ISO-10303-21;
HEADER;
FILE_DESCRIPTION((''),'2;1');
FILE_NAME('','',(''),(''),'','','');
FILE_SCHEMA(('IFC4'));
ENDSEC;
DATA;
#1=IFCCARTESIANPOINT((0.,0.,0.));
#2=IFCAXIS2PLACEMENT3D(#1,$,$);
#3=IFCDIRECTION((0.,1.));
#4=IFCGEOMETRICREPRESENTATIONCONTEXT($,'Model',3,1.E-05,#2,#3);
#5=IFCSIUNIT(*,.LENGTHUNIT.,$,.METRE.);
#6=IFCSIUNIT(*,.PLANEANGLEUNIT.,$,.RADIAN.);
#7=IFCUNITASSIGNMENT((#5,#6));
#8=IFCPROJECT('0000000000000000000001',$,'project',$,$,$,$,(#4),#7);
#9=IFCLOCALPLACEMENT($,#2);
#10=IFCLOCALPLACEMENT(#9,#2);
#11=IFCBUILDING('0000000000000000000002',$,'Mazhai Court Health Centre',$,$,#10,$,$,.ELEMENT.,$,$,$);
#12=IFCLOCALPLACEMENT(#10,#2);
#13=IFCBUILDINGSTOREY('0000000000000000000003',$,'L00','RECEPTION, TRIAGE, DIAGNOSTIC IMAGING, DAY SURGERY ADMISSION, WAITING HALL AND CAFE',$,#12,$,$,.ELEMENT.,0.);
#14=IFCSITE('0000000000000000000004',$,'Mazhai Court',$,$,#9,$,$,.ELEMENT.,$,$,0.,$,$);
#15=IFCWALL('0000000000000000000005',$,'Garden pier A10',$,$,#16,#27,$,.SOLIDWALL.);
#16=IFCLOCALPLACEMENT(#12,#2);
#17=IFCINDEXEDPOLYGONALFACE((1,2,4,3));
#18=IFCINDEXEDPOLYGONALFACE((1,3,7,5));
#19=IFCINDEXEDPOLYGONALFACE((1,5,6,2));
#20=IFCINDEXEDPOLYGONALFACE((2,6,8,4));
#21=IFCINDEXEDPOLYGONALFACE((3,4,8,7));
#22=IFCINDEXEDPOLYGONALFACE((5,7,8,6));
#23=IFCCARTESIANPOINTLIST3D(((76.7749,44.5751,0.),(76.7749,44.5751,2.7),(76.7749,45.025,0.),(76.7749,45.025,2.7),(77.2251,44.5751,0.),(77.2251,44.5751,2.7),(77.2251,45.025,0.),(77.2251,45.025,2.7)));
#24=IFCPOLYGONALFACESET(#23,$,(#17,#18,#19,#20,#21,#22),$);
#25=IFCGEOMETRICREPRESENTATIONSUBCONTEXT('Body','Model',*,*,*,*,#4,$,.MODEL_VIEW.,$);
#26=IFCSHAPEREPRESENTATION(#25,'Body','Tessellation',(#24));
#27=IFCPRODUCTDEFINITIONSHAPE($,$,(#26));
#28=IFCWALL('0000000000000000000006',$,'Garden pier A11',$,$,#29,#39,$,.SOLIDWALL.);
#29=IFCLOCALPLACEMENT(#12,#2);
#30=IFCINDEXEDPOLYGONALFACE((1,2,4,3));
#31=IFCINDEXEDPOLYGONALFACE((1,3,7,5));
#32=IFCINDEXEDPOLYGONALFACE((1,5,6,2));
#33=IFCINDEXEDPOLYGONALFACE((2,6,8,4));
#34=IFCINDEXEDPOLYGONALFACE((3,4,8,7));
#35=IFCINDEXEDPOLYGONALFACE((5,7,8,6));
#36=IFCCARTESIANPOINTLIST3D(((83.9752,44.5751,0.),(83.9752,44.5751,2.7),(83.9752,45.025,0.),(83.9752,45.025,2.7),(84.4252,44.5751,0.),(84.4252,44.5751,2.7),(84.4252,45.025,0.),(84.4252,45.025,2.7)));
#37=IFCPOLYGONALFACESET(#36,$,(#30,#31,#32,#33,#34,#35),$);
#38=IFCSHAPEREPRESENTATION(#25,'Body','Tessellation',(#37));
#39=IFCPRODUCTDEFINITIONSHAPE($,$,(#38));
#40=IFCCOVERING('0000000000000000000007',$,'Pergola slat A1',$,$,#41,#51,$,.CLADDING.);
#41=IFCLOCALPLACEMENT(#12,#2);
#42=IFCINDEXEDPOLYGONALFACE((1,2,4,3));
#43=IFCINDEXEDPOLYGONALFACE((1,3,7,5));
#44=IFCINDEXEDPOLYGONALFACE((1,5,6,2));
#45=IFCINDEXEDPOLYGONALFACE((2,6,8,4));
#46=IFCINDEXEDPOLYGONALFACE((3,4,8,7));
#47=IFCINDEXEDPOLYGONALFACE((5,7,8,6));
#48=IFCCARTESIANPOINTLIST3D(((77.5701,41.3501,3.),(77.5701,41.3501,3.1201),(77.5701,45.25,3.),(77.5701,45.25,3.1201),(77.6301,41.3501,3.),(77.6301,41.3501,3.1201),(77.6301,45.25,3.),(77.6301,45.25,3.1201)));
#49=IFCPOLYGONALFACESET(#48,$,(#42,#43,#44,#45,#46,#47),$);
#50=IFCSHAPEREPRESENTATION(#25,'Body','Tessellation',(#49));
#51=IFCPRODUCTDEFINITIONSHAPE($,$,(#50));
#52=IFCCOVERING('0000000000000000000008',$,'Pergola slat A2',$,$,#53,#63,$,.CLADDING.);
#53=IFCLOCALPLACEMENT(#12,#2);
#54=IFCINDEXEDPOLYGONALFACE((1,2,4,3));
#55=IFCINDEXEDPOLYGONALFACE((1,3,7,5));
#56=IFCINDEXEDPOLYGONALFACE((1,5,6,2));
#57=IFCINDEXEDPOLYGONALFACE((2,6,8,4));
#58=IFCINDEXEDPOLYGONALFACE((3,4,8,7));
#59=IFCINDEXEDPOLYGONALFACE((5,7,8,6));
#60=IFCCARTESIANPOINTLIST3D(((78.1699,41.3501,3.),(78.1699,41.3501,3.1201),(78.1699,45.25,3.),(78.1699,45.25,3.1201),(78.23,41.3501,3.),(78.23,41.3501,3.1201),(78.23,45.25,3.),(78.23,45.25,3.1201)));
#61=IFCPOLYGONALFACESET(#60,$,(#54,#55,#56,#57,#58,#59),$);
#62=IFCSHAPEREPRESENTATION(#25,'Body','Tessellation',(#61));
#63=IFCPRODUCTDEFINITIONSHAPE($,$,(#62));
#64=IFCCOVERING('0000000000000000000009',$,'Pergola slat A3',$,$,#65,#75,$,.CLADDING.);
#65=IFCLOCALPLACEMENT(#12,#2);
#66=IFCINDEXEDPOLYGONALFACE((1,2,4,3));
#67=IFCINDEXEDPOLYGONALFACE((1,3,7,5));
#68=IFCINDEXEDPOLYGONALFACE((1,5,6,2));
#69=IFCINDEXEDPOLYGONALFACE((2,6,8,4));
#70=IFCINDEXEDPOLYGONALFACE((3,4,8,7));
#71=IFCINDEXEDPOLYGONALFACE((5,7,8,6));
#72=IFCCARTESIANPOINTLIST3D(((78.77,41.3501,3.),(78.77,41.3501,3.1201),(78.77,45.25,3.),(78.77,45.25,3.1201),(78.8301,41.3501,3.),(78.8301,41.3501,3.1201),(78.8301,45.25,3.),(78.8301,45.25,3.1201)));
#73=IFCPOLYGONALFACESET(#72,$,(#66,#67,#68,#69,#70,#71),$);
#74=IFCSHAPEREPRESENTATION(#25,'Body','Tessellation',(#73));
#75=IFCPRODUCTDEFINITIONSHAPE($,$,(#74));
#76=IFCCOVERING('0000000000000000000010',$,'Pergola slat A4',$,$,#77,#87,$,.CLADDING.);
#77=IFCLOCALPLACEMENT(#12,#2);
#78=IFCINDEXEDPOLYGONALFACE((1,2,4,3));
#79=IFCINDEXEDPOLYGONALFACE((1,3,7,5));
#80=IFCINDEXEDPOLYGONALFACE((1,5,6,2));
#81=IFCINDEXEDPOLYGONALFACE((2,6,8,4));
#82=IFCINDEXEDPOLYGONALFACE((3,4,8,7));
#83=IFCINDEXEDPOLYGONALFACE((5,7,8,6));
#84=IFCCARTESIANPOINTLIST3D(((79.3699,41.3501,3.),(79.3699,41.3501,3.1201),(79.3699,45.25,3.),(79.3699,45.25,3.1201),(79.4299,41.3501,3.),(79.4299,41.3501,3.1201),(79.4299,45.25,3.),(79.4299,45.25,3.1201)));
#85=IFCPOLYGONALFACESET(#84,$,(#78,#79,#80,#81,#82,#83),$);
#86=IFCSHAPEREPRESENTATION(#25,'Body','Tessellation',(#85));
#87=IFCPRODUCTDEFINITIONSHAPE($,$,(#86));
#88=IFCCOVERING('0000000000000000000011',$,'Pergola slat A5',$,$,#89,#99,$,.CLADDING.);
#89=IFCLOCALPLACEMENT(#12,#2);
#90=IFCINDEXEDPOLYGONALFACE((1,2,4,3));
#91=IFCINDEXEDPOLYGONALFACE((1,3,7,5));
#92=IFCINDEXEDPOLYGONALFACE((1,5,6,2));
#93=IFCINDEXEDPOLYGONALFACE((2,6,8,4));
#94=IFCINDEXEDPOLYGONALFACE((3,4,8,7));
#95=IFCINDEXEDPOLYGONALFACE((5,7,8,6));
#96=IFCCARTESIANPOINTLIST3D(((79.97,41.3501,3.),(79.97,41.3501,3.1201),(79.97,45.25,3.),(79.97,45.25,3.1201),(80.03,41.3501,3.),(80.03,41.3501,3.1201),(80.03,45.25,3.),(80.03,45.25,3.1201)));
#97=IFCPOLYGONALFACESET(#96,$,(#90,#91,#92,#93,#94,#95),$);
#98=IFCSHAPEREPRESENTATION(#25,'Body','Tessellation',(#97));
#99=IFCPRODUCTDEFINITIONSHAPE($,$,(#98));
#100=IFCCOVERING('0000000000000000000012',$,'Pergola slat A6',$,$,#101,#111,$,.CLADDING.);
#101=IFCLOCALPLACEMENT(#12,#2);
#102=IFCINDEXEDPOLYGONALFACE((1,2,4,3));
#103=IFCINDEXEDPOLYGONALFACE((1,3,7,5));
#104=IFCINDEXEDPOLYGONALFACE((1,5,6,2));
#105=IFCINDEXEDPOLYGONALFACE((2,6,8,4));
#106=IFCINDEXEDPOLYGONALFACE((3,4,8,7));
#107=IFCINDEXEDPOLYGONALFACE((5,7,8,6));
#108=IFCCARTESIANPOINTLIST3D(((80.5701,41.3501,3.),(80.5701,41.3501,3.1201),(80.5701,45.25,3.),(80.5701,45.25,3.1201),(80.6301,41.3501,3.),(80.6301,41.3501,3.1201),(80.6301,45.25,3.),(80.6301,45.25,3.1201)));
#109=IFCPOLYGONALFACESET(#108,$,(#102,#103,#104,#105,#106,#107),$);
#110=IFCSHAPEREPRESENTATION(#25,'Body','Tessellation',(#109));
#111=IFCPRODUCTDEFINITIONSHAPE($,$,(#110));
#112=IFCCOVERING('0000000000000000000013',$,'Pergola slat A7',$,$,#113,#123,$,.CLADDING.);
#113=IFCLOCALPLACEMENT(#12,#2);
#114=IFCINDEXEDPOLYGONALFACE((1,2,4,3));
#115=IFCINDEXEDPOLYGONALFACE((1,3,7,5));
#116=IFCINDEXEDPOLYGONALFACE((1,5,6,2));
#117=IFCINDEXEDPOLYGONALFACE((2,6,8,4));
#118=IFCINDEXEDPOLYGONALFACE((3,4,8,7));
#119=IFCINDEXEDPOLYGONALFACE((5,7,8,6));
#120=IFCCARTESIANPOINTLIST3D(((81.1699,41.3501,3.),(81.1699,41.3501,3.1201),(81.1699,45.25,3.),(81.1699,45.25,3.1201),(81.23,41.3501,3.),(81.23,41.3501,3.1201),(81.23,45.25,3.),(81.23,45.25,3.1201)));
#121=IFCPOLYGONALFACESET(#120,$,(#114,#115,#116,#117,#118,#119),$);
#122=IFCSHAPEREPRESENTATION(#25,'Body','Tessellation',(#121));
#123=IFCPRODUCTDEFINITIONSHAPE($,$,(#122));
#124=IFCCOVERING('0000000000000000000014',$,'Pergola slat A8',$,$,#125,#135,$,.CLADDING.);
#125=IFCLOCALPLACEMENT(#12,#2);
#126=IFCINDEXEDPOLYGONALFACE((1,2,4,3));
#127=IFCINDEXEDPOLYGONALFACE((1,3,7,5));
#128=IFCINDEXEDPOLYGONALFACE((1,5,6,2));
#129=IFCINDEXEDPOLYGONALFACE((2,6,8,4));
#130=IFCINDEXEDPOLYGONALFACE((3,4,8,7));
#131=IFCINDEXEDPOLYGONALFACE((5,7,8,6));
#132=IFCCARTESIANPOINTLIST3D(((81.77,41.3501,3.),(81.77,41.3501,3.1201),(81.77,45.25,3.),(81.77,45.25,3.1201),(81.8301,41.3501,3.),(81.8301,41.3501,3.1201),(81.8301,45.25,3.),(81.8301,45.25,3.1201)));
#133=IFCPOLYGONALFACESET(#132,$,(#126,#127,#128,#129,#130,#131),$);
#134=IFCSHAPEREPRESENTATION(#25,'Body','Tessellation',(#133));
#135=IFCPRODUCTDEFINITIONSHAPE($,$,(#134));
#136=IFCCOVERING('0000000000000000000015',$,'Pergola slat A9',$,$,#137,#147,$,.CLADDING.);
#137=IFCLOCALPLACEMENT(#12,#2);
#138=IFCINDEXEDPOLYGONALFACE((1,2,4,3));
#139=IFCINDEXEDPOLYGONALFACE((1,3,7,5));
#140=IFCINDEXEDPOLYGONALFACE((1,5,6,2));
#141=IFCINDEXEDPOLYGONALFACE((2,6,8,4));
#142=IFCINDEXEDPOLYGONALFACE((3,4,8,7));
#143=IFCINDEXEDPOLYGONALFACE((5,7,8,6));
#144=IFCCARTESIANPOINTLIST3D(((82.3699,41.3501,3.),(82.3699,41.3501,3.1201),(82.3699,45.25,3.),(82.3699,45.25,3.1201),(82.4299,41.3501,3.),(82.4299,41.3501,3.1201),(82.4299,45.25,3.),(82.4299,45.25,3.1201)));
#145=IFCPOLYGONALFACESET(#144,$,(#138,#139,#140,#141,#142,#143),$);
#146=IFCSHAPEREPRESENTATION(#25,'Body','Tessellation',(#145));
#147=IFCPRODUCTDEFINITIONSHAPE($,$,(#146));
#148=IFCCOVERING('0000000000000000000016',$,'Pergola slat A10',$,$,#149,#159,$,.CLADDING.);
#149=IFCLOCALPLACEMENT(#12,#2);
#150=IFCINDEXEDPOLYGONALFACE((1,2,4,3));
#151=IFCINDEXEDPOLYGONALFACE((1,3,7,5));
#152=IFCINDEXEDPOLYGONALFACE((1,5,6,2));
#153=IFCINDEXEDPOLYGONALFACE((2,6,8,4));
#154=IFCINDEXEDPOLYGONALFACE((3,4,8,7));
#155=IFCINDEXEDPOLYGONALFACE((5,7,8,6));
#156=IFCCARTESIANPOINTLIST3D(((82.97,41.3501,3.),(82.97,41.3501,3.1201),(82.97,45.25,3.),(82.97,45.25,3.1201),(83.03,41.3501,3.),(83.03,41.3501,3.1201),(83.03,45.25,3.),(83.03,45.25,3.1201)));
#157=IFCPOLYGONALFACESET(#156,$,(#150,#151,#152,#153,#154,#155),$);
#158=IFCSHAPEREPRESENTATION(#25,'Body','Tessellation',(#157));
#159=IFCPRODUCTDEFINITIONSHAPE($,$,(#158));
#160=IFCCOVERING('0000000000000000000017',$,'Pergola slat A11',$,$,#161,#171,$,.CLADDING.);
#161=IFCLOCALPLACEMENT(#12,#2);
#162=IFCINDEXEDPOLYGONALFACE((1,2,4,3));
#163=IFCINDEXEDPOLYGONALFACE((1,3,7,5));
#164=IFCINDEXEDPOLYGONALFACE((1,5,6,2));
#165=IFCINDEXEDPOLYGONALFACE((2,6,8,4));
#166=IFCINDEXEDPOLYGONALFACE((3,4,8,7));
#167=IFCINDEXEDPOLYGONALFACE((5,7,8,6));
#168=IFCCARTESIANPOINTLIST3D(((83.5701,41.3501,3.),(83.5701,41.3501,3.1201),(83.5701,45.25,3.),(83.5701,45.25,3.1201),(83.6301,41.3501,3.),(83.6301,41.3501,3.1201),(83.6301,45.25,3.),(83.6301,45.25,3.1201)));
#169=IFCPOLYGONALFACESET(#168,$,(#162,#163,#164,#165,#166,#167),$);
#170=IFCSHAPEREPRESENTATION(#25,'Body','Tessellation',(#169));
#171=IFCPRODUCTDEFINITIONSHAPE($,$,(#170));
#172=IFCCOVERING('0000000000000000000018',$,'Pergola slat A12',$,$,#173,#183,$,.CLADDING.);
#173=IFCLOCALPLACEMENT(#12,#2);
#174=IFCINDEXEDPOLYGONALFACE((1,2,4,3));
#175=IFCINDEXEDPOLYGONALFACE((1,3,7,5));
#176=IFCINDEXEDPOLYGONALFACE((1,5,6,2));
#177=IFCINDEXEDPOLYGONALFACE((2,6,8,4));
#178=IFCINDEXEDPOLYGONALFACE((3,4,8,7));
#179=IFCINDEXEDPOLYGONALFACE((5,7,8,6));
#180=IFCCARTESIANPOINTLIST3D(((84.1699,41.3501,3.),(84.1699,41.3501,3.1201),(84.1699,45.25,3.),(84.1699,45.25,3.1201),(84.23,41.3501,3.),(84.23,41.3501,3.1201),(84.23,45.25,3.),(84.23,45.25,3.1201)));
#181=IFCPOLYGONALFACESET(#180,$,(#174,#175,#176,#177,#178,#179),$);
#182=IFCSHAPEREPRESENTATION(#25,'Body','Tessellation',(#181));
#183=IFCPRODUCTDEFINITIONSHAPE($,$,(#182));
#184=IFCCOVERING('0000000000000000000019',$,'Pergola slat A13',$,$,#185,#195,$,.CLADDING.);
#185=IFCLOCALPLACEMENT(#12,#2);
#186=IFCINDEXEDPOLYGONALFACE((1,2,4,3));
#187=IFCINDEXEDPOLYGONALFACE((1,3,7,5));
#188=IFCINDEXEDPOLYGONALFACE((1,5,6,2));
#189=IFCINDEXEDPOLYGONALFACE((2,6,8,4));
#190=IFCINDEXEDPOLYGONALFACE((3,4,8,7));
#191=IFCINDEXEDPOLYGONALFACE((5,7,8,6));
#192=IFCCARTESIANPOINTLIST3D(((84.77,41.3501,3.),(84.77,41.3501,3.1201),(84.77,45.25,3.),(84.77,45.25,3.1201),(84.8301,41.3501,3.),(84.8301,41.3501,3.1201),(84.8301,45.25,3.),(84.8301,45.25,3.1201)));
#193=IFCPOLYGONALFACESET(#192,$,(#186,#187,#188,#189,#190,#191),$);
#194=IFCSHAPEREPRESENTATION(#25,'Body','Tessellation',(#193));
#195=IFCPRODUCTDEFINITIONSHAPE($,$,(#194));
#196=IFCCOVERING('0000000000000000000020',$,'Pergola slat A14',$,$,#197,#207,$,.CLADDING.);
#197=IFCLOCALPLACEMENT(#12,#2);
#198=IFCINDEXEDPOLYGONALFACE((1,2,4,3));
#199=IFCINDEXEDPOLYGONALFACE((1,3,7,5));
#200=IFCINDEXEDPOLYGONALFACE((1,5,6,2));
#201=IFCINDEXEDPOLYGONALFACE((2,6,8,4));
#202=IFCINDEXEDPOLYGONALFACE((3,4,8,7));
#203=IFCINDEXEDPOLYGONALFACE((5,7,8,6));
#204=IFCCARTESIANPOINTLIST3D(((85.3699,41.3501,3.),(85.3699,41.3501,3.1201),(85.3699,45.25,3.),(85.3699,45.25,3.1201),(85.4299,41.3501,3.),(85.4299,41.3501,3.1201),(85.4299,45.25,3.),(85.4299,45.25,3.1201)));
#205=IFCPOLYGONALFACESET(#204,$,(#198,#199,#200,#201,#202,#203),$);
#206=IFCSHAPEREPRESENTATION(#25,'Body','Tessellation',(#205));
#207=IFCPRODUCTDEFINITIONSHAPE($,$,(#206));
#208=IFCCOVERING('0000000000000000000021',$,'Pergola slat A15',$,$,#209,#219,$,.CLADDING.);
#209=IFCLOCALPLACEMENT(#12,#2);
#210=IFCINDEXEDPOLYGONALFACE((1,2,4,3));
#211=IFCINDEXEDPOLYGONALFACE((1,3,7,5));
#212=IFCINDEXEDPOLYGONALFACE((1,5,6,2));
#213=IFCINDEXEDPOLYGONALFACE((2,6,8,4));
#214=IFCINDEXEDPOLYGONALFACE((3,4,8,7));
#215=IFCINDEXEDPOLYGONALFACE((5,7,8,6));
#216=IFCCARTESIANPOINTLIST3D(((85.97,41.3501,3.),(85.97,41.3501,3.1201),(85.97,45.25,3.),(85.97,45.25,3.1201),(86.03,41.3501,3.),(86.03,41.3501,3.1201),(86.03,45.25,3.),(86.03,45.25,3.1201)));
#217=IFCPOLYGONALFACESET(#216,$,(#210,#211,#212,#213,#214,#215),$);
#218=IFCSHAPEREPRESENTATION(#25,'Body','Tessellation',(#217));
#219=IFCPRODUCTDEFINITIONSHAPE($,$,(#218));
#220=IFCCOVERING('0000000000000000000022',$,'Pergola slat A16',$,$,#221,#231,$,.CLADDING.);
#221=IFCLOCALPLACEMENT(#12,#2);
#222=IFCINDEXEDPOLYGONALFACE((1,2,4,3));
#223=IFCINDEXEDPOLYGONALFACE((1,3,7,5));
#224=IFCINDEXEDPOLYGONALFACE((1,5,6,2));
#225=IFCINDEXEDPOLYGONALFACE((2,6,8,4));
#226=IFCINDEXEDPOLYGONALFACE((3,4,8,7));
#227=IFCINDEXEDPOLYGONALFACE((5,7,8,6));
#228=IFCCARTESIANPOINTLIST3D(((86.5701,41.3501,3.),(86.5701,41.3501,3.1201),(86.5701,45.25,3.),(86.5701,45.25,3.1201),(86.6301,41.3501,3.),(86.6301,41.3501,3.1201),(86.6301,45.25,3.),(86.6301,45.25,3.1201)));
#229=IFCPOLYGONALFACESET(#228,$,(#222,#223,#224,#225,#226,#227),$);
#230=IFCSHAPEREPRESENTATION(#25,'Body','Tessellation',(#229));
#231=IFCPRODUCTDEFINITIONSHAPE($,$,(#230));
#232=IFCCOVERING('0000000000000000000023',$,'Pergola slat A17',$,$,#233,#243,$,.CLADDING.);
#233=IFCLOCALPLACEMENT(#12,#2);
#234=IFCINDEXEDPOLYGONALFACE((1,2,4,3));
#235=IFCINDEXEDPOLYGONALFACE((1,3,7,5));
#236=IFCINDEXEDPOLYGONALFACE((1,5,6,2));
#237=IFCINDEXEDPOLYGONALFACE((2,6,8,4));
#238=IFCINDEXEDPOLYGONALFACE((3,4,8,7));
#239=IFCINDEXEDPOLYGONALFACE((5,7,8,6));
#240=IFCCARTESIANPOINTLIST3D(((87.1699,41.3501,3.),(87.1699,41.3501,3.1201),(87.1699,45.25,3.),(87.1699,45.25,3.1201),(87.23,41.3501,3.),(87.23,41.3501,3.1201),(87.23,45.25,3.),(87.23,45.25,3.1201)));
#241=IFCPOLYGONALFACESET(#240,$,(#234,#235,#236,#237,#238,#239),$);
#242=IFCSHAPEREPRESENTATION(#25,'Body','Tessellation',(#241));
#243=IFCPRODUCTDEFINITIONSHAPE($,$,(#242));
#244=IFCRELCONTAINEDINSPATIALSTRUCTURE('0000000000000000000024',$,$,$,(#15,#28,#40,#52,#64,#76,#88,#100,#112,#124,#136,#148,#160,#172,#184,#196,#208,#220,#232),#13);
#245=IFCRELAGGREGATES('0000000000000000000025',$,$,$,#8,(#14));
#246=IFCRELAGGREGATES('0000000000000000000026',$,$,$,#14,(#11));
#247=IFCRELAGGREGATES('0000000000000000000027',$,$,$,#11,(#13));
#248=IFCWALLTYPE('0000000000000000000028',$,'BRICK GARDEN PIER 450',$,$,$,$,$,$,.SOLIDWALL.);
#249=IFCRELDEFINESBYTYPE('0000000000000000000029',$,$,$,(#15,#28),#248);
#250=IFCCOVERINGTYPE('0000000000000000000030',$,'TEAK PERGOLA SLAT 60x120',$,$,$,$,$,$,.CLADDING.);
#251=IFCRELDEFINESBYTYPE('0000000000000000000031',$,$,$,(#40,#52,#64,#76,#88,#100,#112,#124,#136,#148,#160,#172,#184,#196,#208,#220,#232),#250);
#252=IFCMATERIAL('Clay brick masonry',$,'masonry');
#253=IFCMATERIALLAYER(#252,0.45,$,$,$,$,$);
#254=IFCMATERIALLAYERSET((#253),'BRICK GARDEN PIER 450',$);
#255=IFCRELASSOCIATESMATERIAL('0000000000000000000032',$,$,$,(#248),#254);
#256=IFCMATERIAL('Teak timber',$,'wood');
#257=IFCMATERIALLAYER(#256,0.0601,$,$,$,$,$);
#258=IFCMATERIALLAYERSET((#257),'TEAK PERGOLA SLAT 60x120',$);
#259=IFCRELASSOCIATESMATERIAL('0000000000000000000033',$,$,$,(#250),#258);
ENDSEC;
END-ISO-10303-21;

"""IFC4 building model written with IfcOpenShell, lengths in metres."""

from ifc_helpers import new_model, si_unit, direction, frame, frame_2d, origin, origin_2d, place, context, subcontext, project, spatial, rectangle, extrude, material, layer, layer_set, type_object, element, save


model = new_model("IFC4")

# Units and contexts
model_context = context("Model", 3, precision=1e-05, world=origin(), true_north=direction((0.0, 1.0)))
body_context = subcontext(model_context, "Body", "Model", "MODEL_VIEW")
ifc_project = project(units=[si_unit("LENGTHUNIT", "METRE"), si_unit("PLANEANGLEUNIT", "RADIAN")], contexts=[model_context])

# Site, building, storey
site_placement = place(None, origin())
site = spatial("IfcSite", under=ifc_project, at=site_placement, Name="Mazhai Court", CompositionType="ELEMENT", RefElevation=0.0)
building_placement = place(site_placement, origin())
building = spatial("IfcBuilding", under=site, at=building_placement, Name="Mazhai Court Health Centre", CompositionType="ELEMENT")
storey_placement = place(building_placement, origin())
storey = spatial("IfcBuildingStorey", under=building, at=storey_placement, Name="L00", Description="RECEPTION, TRIAGE, DIAGNOSTIC IMAGING, DAY SURGERY ADMISSION, WAITING HALL AND CAFE", CompositionType="ELEMENT", Elevation=0.0)

# Walls
ifc_material_1 = material(Name="Clay brick masonry", Category="masonry")
ifc_layer_1 = layer(ifc_material_1, 0.45)
ifc_layer_set_1 = layer_set([ifc_layer_1], Name="BRICK GARDEN PIER 450")
wall_type = type_object("IfcWallType", Name="BRICK GARDEN PIER 450", PredefinedType="SOLIDWALL", material=ifc_layer_set_1)
wall_1_placement = place(storey_placement, frame((76.7749, 44.8, 0.0), z_axis=(0.0, 0.0, 1.0), x_axis=(1.0, 0.0, 0.0)))
element("IfcWall", 1, at=wall_1_placement, inside=storey, type_object=wall_type, Name="Garden pier A10", PredefinedType="SOLIDWALL", context=body_context, shape_type="SweptSolid", body=[
    extrude(rectangle(XDim=0.4502, YDim=0.45, at=frame_2d((0.2251, 0.0))), origin(), (0.0, 0.0, 1.0), 2.7),
])
wall_2_placement = place(storey_placement, frame((83.9751, 44.8, 0.0), z_axis=(0.0, 0.0, 1.0), x_axis=(1.0, 0.0, 0.0)))
element("IfcWall", 2, at=wall_2_placement, inside=storey, type_object=wall_type, Name="Garden pier A11", PredefinedType="SOLIDWALL", context=body_context, shape_type="SweptSolid", body=[
    extrude(rectangle(XDim=0.45, YDim=0.45, at=frame_2d((0.2251, 0.0))), origin(), (0.0, 0.0, 1.0), 2.7),
])

# Coverings
ifc_material_2 = material(Name="Teak timber", Category="wood")
ifc_layer_2 = layer(ifc_material_2, 0.0601)
ifc_layer_set_2 = layer_set([ifc_layer_2], Name="TEAK PERGOLA SLAT 60x120")
covering_type = type_object("IfcCoveringType", Name="TEAK PERGOLA SLAT 60x120", PredefinedType="CLADDING", material=ifc_layer_set_2)
for number, where, z_axis, x_axis, name in (
    (3, (77.6001, 43.3, 3.0), (0.0, 0.0, 1.0), (1.0, 0.0, 0.0), "Pergola slat A1"),
    (4, (78.2, 43.3, 3.0), (0.0, 0.0, 1.0), (1.0, 0.0, 0.0), "Pergola slat A2"),
    (5, (78.8, 43.3, 3.0), (0.0, 0.0, 1.0), (1.0, 0.0, 0.0), "Pergola slat A3"),
    (6, (79.3999, 43.3, 3.0), (0.0, 0.0, 1.0), (1.0, 0.0, 0.0), "Pergola slat A4"),
    (7, (80.0, 43.3, 3.0), (0.0, 0.0, 1.0), (1.0, 0.0, 0.0), "Pergola slat A5"),
    (8, (80.6001, 43.3, 3.0), (0.0, 0.0, 1.0), (1.0, 0.0, 0.0), "Pergola slat A6"),
    (9, (81.2, 43.3, 3.0), (0.0, 0.0, 1.0), (1.0, 0.0, 0.0), "Pergola slat A7"),
    (10, (81.8, 43.3, 3.0), (0.0, 0.0, 1.0), (1.0, 0.0, 0.0), "Pergola slat A8"),
    (11, (82.3999, 43.3, 3.0), (0.0, 0.0, 1.0), (1.0, 0.0, 0.0), "Pergola slat A9"),
    (12, (83.0, 43.3, 3.0), (0.0, 0.0, 1.0), (1.0, 0.0, 0.0), "Pergola slat A10"),
    (13, (83.6001, 43.3, 3.0), (0.0, 0.0, 1.0), (1.0, 0.0, 0.0), "Pergola slat A11"),
    (14, (84.2, 43.3, 3.0), (0.0, 0.0, 1.0), (1.0, 0.0, 0.0), "Pergola slat A12"),
    (15, (84.8, 43.3, 3.0), (0.0, 0.0, 1.0), (1.0, 0.0, 0.0), "Pergola slat A13"),
    (16, (85.3999, 43.3, 3.0), (0.0, 0.0, 1.0), (1.0, 0.0, 0.0), "Pergola slat A14"),
    (17, (86.0, 43.3, 3.0), (0.0, 0.0, 1.0), (1.0, 0.0, 0.0), "Pergola slat A15"),
    (18, (86.6001, 43.3, 3.0), (0.0, 0.0, 1.0), (1.0, 0.0, 0.0), "Pergola slat A16"),
    (19, (87.2, 43.3, 3.0), (0.0, 0.0, 1.0), (1.0, 0.0, 0.0), "Pergola slat A17"),
):
    element("IfcCovering", number, at=place(storey_placement, frame(where, z_axis=z_axis, x_axis=x_axis)), inside=storey, type_object=covering_type, Name=name, PredefinedType="CLADDING", context=body_context, shape_type="SweptSolid", body=[
        extrude(rectangle(XDim=0.0601, YDim=3.8999, at=origin_2d()), origin(), (0.0, 0.0, 1.0), 0.1201),
    ])

save(model, "model.ifc")
